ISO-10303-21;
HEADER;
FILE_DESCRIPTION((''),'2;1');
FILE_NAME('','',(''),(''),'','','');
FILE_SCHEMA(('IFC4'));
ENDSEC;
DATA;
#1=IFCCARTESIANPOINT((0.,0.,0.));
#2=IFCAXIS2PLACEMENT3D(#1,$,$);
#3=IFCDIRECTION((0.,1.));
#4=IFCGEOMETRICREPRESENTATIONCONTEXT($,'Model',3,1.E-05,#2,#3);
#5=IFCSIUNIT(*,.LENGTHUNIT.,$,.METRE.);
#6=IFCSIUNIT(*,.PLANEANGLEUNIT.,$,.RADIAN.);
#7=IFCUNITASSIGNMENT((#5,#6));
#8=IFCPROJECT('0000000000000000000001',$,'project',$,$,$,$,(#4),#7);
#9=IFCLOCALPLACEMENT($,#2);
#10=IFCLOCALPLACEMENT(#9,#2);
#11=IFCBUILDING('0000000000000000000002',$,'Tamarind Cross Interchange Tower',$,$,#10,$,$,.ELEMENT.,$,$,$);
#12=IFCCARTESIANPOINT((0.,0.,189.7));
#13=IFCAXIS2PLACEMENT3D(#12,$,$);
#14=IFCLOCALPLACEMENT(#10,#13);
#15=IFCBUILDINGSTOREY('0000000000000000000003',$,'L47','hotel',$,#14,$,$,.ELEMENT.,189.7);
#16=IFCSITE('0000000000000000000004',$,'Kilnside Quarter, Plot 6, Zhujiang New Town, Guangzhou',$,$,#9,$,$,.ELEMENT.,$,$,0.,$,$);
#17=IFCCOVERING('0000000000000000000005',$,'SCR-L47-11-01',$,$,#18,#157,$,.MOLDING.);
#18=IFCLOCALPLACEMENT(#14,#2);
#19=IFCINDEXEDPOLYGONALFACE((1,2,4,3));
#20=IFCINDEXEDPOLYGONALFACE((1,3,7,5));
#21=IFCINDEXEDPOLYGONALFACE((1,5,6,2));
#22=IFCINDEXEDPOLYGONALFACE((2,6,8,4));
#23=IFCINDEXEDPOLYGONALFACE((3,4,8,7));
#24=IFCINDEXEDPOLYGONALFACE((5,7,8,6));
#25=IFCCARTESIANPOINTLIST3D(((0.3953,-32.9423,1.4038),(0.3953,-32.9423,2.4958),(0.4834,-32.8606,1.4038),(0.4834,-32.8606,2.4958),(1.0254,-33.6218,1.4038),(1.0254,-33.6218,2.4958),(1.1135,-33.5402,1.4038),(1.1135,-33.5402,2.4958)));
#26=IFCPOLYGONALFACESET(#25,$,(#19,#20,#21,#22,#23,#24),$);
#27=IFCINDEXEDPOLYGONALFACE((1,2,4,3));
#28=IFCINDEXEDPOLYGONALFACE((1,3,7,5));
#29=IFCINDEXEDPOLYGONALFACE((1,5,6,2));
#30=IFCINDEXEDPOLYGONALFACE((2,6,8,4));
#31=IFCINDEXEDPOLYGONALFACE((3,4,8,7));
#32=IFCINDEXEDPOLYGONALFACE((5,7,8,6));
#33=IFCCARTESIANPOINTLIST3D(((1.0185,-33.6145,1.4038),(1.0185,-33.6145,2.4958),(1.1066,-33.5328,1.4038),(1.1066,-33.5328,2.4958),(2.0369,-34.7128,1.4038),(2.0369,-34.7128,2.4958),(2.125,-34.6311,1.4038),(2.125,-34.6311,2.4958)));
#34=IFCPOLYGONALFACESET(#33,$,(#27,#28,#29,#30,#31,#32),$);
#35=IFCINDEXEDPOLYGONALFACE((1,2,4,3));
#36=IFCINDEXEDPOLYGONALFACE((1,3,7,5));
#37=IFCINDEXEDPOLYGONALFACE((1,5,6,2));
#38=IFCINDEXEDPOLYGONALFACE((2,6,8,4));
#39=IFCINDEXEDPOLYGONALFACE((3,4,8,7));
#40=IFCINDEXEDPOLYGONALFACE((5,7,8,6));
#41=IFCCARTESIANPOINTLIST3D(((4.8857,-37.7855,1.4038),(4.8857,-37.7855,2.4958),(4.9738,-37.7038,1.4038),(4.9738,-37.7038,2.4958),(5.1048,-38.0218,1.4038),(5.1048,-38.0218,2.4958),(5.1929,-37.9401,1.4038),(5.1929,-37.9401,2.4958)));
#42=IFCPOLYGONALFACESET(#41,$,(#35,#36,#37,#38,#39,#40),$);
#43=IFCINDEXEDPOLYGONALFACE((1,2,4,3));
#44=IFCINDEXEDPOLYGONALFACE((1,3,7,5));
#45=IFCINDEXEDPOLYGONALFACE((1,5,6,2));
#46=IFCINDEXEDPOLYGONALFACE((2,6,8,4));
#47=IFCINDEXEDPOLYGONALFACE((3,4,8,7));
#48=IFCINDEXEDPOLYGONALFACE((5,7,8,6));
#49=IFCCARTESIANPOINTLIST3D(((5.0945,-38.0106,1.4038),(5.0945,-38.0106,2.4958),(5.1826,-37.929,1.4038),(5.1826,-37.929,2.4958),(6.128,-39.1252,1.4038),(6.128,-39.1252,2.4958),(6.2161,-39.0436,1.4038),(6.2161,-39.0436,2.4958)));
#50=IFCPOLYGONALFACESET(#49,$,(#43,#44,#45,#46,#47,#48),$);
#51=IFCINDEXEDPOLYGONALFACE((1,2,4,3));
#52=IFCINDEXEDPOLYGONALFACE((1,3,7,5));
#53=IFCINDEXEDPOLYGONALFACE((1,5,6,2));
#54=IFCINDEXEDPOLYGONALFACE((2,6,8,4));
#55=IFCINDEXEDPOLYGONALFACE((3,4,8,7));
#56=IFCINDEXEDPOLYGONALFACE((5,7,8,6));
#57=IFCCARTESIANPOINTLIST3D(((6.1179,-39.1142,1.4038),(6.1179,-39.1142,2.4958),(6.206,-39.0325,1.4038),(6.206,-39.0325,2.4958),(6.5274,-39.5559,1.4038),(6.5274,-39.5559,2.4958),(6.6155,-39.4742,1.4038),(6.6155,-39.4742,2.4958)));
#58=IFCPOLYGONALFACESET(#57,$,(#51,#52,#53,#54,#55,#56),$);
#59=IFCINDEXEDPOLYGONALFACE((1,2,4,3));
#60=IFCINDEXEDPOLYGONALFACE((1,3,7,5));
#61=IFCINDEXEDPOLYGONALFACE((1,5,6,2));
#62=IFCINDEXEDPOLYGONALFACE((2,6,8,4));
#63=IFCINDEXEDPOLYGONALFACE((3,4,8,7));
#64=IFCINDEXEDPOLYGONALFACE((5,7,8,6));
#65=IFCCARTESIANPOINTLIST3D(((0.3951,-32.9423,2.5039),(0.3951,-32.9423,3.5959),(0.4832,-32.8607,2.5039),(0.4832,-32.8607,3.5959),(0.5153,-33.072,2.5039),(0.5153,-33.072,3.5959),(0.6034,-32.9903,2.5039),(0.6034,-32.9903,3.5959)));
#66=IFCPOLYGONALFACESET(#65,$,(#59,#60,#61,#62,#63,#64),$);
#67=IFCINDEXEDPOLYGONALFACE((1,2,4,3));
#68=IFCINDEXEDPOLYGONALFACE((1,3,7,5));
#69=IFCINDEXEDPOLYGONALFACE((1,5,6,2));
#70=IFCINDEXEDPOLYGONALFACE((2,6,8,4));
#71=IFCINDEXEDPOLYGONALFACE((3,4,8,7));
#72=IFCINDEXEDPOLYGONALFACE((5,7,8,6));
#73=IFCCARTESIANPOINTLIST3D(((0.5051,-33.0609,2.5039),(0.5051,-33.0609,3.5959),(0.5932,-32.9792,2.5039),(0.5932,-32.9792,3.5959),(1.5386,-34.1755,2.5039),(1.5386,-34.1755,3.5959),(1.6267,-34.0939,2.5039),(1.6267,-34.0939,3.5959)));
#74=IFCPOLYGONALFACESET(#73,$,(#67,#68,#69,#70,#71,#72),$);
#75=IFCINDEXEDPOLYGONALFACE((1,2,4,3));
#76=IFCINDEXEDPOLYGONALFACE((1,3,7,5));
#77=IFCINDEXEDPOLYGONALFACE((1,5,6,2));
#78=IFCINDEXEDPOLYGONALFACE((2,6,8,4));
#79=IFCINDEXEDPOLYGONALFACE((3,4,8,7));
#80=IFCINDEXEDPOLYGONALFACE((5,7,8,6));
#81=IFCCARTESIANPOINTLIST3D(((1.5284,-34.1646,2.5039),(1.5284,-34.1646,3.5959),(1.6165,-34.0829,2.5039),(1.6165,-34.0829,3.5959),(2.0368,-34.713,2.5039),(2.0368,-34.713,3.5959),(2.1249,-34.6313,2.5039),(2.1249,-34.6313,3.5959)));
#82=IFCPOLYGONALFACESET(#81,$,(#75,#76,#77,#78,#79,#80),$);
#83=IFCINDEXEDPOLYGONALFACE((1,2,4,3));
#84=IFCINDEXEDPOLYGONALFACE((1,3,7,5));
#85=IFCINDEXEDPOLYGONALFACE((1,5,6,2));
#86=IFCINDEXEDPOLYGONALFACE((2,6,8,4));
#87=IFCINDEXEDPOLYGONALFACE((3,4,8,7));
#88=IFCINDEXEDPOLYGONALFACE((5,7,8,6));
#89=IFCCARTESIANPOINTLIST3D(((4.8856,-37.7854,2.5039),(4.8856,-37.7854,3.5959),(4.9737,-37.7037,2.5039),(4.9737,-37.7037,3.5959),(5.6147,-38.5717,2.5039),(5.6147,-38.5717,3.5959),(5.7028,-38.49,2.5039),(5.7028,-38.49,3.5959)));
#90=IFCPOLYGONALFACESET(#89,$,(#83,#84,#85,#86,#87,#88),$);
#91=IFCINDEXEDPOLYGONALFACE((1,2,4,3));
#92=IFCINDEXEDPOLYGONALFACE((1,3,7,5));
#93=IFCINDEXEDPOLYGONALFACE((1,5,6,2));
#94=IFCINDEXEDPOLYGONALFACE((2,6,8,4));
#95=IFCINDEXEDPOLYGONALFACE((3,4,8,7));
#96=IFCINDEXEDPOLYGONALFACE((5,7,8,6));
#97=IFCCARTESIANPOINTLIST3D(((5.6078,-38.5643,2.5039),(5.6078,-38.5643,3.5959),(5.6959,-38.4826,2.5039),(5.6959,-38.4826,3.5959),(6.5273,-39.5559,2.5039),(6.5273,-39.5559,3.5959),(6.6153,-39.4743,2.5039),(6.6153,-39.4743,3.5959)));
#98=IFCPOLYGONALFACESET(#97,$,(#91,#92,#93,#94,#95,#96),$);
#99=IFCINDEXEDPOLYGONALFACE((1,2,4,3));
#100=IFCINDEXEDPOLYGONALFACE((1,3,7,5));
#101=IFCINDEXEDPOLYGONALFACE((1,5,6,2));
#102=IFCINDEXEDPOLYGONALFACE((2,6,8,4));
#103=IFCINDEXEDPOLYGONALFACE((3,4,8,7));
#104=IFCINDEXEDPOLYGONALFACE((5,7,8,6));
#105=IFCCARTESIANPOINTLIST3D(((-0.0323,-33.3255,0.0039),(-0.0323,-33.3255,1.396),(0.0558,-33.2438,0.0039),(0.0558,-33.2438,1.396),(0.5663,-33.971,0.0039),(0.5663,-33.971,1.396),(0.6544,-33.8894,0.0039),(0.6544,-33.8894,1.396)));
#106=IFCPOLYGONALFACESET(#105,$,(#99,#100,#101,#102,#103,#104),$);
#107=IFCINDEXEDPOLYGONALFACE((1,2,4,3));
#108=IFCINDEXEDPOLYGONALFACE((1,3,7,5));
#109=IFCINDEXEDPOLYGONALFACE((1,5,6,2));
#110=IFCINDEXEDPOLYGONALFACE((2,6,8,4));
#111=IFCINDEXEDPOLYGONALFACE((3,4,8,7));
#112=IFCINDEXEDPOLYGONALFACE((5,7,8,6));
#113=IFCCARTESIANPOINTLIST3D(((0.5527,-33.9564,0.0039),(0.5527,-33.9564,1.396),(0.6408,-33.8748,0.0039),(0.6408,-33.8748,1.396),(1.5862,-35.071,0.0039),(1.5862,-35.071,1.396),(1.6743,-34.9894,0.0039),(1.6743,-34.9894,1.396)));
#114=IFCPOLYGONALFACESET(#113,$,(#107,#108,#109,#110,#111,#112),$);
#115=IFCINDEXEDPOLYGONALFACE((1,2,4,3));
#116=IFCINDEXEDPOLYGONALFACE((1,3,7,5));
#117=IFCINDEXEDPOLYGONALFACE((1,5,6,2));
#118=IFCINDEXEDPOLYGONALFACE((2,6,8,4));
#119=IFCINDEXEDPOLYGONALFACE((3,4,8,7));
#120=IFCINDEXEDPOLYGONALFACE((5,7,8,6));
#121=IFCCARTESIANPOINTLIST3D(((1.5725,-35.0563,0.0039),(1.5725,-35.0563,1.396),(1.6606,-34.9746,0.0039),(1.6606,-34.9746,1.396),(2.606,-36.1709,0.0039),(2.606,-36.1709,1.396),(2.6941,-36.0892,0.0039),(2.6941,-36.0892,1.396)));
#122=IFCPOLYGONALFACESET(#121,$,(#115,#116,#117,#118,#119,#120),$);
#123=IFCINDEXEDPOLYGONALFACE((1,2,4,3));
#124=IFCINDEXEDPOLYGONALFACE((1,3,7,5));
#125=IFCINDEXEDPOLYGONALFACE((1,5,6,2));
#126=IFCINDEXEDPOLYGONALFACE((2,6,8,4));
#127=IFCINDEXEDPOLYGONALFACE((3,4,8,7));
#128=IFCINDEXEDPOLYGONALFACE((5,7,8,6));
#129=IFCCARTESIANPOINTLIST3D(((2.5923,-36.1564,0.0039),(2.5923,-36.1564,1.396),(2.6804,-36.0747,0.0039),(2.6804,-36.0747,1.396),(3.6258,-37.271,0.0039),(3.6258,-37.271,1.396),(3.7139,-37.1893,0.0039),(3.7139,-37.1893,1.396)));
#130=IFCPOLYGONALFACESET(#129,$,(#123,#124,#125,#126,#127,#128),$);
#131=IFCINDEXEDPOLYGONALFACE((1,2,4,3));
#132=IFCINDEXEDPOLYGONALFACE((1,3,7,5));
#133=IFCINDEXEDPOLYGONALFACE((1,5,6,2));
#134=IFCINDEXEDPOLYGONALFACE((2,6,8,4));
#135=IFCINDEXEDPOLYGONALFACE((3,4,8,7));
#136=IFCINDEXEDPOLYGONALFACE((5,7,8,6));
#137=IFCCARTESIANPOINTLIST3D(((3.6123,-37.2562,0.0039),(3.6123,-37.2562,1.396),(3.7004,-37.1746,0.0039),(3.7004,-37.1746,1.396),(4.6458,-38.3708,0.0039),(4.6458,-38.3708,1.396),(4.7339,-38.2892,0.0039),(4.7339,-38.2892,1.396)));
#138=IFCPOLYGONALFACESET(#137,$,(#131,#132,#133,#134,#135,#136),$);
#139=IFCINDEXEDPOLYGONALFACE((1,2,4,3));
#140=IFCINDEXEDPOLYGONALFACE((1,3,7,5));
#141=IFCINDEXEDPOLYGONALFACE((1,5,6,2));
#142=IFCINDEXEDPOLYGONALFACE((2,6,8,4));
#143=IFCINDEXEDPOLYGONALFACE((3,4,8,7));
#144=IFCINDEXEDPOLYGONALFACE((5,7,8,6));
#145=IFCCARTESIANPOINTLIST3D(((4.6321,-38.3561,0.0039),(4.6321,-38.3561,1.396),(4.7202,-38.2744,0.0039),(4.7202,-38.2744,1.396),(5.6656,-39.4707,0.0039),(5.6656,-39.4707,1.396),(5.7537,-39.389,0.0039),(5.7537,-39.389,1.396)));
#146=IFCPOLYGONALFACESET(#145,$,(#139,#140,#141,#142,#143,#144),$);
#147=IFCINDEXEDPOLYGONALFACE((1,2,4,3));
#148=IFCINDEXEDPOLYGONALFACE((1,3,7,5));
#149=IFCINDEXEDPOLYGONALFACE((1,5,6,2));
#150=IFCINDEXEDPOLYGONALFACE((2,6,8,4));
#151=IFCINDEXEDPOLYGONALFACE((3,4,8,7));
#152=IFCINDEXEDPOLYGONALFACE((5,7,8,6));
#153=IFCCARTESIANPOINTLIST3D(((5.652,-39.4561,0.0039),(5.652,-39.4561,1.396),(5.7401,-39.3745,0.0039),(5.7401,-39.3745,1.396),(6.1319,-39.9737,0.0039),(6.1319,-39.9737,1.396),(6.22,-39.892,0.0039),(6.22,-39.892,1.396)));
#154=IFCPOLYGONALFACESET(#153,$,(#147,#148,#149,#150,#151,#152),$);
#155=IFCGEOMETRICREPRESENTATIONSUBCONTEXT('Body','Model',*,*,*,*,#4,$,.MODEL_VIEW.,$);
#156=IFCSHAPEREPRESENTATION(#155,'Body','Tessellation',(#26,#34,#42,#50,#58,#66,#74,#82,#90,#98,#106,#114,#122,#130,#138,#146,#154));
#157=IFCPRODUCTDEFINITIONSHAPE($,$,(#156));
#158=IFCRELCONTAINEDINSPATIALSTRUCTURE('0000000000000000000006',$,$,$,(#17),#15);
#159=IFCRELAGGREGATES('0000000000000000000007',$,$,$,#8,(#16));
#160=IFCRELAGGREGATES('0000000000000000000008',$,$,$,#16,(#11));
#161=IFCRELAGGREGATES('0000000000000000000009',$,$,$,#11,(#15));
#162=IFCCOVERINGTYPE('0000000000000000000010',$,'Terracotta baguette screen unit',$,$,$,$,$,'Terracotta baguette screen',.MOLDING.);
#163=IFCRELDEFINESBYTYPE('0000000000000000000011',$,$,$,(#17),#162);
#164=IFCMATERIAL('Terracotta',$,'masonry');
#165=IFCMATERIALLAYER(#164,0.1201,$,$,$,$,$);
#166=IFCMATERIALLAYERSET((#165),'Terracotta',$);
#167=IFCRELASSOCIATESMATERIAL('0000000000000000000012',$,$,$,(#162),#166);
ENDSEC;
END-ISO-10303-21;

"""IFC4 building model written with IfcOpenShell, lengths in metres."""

from ifc_helpers import new_model, si_unit, direction, frame, origin, origin_2d, place, context, subcontext, project, spatial, rectangle, extrude, material, layer, layer_set, type_object, element, save


model = new_model("IFC4")

# Units and contexts
model_context = context("Model", 3, precision=1e-05, world=origin(), true_north=direction((0.0, 1.0)))
body_context = subcontext(model_context, "Body", "Model", "MODEL_VIEW")
ifc_project = project(units=[si_unit("LENGTHUNIT", "METRE"), si_unit("PLANEANGLEUNIT", "RADIAN")], contexts=[model_context])

# Site, building, storey
site_placement = place(None, origin())
site = spatial("IfcSite", under=ifc_project, at=site_placement, Name="Kilnside Quarter, Plot 6, Zhujiang New Town, Guangzhou", CompositionType="ELEMENT", RefElevation=0.0)
building_placement = place(site_placement, origin())
building = spatial("IfcBuilding", under=site, at=building_placement, Name="Tamarind Cross Interchange Tower", CompositionType="ELEMENT")
storey_placement = place(building_placement, frame((0.0, 0.0, 189.7)))
storey = spatial("IfcBuildingStorey", under=building, at=storey_placement, Name="L47", Description="hotel", CompositionType="ELEMENT", Elevation=189.7)

# Covering
ifc_material_1 = material(Name="Terracotta", Category="masonry")
ifc_layer_1 = layer(ifc_material_1, 0.1201)
ifc_layer_set_1 = layer_set([ifc_layer_1], Name="Terracotta")
covering_type = type_object("IfcCoveringType", Name="Terracotta baguette screen unit", ElementType="Terracotta baguette screen", PredefinedType="MOLDING", material=ifc_layer_set_1)
covering_1_placement = place(storey_placement, origin())
element("IfcCovering", 1, at=covering_1_placement, inside=storey, type_object=covering_type, Name="SCR-L47-11-01", PredefinedType="MOLDING", context=body_context, shape_type="SweptSolid", body=[
    extrude(rectangle(XDim=0.9268, YDim=0.1201, at=origin_2d()), frame((0.7544, -33.2412, 1.4038), z_axis=(0.0, 0.0, 1.0), x_axis=(0.679912, -0.733293, 0.0)), (0.0, 0.0, 1.0), 1.092),
    extrude(rectangle(XDim=1.4978, YDim=0.1201, at=origin_2d()), frame((1.5718, -34.1228, 1.4038), z_axis=(0.0, 0.0, 1.0), x_axis=(0.679912, -0.733293, 0.0)), (0.0, 0.0, 1.0), 1.092),
    extrude(rectangle(XDim=0.3223, YDim=0.1201, at=origin_2d()), frame((5.0393, -37.8628, 1.4038), z_axis=(0.0, 0.0, 1.0), x_axis=(0.679912, -0.733293, 0.0)), (0.0, 0.0, 1.0), 1.092),
    extrude(rectangle(XDim=1.52, YDim=0.1201, at=origin_2d()), frame((5.6553, -38.5271, 1.4038), z_axis=(0.0, 0.0, 1.0), x_axis=(0.679912, -0.733293, 0.0)), (0.0, 0.0, 1.0), 1.092),
    extrude(rectangle(XDim=0.6023, YDim=0.1201, at=origin_2d()), frame((6.3667, -39.2942, 1.4038), z_axis=(0.0, 0.0, 1.0), x_axis=(0.679912, -0.733293, 0.0)), (0.0, 0.0, 1.0), 1.092),
    extrude(rectangle(XDim=0.1768, YDim=0.1201, at=origin_2d()), frame((0.4993, -32.9663, 2.5039), z_axis=(0.0, 0.0, 1.0), x_axis=(0.679912, -0.733293, 0.0)), (0.0, 0.0, 1.0), 1.092),
    extrude(rectangle(XDim=1.52, YDim=0.1201, at=origin_2d()), frame((1.0659, -33.5774, 2.5039), z_axis=(0.0, 0.0, 1.0), x_axis=(0.679912, -0.733293, 0.0)), (0.0, 0.0, 1.0), 1.092),
    extrude(rectangle(XDim=0.7478, YDim=0.1201, at=origin_2d()), frame((1.8267, -34.3979, 2.5039), z_axis=(0.0, 0.0, 1.0), x_axis=(0.679912, -0.733293, 0.0)), (0.0, 0.0, 1.0), 1.092),
    extrude(rectangle(XDim=1.0723, YDim=0.1201, at=origin_2d()), frame((5.2942, -38.1377, 2.5039), z_axis=(0.0, 0.0, 1.0), x_axis=(0.679912, -0.733293, 0.0)), (0.0, 0.0, 1.0), 1.092),
    extrude(rectangle(XDim=1.3523, YDim=0.1201, at=origin_2d()), frame((6.1116, -39.0193, 2.5039), z_axis=(0.0, 0.0, 1.0), x_axis=(0.679912, -0.733293, 0.0)), (0.0, 0.0, 1.0), 1.092),
    extrude(rectangle(XDim=0.8804, YDim=0.1201, at=origin_2d()), frame((0.311, -33.6074, 0.0039), z_axis=(0.0, 0.0, 1.0), x_axis=(0.679912, -0.733293, 0.0)), (0.0, 0.0, 1.0), 1.3921),
    extrude(rectangle(XDim=1.52, YDim=0.1201, at=origin_2d()), frame((1.1135, -34.4729, 0.0039), z_axis=(0.0, 0.0, 1.0), x_axis=(0.679912, -0.733293, 0.0)), (0.0, 0.0, 1.0), 1.3921),
    extrude(rectangle(XDim=1.52, YDim=0.1201, at=origin_2d()), frame((2.1333, -35.5728, 0.0039), z_axis=(0.0, 0.0, 1.0), x_axis=(0.679912, -0.733293, 0.0)), (0.0, 0.0, 1.0), 1.3921),
    extrude(rectangle(XDim=1.52, YDim=0.1201, at=origin_2d()), frame((3.1531, -36.6729, 0.0039), z_axis=(0.0, 0.0, 1.0), x_axis=(0.679912, -0.733293, 0.0)), (0.0, 0.0, 1.0), 1.3921),
    extrude(rectangle(XDim=1.52, YDim=0.1201, at=origin_2d()), frame((4.1731, -37.7727, 0.0039), z_axis=(0.0, 0.0, 1.0), x_axis=(0.679912, -0.733293, 0.0)), (0.0, 0.0, 1.0), 1.3921),
    extrude(rectangle(XDim=1.52, YDim=0.1201, at=origin_2d()), frame((5.1929, -38.8726, 0.0039), z_axis=(0.0, 0.0, 1.0), x_axis=(0.679912, -0.733293, 0.0)), (0.0, 0.0, 1.0), 1.3921),
    extrude(rectangle(XDim=0.7058, YDim=0.1201, at=origin_2d()), frame((5.936, -39.6741, 0.0039), z_axis=(0.0, 0.0, 1.0), x_axis=(0.679912, -0.733293, 0.0)), (0.0, 0.0, 1.0), 1.3921),
])

save(model, "model.ifc")
